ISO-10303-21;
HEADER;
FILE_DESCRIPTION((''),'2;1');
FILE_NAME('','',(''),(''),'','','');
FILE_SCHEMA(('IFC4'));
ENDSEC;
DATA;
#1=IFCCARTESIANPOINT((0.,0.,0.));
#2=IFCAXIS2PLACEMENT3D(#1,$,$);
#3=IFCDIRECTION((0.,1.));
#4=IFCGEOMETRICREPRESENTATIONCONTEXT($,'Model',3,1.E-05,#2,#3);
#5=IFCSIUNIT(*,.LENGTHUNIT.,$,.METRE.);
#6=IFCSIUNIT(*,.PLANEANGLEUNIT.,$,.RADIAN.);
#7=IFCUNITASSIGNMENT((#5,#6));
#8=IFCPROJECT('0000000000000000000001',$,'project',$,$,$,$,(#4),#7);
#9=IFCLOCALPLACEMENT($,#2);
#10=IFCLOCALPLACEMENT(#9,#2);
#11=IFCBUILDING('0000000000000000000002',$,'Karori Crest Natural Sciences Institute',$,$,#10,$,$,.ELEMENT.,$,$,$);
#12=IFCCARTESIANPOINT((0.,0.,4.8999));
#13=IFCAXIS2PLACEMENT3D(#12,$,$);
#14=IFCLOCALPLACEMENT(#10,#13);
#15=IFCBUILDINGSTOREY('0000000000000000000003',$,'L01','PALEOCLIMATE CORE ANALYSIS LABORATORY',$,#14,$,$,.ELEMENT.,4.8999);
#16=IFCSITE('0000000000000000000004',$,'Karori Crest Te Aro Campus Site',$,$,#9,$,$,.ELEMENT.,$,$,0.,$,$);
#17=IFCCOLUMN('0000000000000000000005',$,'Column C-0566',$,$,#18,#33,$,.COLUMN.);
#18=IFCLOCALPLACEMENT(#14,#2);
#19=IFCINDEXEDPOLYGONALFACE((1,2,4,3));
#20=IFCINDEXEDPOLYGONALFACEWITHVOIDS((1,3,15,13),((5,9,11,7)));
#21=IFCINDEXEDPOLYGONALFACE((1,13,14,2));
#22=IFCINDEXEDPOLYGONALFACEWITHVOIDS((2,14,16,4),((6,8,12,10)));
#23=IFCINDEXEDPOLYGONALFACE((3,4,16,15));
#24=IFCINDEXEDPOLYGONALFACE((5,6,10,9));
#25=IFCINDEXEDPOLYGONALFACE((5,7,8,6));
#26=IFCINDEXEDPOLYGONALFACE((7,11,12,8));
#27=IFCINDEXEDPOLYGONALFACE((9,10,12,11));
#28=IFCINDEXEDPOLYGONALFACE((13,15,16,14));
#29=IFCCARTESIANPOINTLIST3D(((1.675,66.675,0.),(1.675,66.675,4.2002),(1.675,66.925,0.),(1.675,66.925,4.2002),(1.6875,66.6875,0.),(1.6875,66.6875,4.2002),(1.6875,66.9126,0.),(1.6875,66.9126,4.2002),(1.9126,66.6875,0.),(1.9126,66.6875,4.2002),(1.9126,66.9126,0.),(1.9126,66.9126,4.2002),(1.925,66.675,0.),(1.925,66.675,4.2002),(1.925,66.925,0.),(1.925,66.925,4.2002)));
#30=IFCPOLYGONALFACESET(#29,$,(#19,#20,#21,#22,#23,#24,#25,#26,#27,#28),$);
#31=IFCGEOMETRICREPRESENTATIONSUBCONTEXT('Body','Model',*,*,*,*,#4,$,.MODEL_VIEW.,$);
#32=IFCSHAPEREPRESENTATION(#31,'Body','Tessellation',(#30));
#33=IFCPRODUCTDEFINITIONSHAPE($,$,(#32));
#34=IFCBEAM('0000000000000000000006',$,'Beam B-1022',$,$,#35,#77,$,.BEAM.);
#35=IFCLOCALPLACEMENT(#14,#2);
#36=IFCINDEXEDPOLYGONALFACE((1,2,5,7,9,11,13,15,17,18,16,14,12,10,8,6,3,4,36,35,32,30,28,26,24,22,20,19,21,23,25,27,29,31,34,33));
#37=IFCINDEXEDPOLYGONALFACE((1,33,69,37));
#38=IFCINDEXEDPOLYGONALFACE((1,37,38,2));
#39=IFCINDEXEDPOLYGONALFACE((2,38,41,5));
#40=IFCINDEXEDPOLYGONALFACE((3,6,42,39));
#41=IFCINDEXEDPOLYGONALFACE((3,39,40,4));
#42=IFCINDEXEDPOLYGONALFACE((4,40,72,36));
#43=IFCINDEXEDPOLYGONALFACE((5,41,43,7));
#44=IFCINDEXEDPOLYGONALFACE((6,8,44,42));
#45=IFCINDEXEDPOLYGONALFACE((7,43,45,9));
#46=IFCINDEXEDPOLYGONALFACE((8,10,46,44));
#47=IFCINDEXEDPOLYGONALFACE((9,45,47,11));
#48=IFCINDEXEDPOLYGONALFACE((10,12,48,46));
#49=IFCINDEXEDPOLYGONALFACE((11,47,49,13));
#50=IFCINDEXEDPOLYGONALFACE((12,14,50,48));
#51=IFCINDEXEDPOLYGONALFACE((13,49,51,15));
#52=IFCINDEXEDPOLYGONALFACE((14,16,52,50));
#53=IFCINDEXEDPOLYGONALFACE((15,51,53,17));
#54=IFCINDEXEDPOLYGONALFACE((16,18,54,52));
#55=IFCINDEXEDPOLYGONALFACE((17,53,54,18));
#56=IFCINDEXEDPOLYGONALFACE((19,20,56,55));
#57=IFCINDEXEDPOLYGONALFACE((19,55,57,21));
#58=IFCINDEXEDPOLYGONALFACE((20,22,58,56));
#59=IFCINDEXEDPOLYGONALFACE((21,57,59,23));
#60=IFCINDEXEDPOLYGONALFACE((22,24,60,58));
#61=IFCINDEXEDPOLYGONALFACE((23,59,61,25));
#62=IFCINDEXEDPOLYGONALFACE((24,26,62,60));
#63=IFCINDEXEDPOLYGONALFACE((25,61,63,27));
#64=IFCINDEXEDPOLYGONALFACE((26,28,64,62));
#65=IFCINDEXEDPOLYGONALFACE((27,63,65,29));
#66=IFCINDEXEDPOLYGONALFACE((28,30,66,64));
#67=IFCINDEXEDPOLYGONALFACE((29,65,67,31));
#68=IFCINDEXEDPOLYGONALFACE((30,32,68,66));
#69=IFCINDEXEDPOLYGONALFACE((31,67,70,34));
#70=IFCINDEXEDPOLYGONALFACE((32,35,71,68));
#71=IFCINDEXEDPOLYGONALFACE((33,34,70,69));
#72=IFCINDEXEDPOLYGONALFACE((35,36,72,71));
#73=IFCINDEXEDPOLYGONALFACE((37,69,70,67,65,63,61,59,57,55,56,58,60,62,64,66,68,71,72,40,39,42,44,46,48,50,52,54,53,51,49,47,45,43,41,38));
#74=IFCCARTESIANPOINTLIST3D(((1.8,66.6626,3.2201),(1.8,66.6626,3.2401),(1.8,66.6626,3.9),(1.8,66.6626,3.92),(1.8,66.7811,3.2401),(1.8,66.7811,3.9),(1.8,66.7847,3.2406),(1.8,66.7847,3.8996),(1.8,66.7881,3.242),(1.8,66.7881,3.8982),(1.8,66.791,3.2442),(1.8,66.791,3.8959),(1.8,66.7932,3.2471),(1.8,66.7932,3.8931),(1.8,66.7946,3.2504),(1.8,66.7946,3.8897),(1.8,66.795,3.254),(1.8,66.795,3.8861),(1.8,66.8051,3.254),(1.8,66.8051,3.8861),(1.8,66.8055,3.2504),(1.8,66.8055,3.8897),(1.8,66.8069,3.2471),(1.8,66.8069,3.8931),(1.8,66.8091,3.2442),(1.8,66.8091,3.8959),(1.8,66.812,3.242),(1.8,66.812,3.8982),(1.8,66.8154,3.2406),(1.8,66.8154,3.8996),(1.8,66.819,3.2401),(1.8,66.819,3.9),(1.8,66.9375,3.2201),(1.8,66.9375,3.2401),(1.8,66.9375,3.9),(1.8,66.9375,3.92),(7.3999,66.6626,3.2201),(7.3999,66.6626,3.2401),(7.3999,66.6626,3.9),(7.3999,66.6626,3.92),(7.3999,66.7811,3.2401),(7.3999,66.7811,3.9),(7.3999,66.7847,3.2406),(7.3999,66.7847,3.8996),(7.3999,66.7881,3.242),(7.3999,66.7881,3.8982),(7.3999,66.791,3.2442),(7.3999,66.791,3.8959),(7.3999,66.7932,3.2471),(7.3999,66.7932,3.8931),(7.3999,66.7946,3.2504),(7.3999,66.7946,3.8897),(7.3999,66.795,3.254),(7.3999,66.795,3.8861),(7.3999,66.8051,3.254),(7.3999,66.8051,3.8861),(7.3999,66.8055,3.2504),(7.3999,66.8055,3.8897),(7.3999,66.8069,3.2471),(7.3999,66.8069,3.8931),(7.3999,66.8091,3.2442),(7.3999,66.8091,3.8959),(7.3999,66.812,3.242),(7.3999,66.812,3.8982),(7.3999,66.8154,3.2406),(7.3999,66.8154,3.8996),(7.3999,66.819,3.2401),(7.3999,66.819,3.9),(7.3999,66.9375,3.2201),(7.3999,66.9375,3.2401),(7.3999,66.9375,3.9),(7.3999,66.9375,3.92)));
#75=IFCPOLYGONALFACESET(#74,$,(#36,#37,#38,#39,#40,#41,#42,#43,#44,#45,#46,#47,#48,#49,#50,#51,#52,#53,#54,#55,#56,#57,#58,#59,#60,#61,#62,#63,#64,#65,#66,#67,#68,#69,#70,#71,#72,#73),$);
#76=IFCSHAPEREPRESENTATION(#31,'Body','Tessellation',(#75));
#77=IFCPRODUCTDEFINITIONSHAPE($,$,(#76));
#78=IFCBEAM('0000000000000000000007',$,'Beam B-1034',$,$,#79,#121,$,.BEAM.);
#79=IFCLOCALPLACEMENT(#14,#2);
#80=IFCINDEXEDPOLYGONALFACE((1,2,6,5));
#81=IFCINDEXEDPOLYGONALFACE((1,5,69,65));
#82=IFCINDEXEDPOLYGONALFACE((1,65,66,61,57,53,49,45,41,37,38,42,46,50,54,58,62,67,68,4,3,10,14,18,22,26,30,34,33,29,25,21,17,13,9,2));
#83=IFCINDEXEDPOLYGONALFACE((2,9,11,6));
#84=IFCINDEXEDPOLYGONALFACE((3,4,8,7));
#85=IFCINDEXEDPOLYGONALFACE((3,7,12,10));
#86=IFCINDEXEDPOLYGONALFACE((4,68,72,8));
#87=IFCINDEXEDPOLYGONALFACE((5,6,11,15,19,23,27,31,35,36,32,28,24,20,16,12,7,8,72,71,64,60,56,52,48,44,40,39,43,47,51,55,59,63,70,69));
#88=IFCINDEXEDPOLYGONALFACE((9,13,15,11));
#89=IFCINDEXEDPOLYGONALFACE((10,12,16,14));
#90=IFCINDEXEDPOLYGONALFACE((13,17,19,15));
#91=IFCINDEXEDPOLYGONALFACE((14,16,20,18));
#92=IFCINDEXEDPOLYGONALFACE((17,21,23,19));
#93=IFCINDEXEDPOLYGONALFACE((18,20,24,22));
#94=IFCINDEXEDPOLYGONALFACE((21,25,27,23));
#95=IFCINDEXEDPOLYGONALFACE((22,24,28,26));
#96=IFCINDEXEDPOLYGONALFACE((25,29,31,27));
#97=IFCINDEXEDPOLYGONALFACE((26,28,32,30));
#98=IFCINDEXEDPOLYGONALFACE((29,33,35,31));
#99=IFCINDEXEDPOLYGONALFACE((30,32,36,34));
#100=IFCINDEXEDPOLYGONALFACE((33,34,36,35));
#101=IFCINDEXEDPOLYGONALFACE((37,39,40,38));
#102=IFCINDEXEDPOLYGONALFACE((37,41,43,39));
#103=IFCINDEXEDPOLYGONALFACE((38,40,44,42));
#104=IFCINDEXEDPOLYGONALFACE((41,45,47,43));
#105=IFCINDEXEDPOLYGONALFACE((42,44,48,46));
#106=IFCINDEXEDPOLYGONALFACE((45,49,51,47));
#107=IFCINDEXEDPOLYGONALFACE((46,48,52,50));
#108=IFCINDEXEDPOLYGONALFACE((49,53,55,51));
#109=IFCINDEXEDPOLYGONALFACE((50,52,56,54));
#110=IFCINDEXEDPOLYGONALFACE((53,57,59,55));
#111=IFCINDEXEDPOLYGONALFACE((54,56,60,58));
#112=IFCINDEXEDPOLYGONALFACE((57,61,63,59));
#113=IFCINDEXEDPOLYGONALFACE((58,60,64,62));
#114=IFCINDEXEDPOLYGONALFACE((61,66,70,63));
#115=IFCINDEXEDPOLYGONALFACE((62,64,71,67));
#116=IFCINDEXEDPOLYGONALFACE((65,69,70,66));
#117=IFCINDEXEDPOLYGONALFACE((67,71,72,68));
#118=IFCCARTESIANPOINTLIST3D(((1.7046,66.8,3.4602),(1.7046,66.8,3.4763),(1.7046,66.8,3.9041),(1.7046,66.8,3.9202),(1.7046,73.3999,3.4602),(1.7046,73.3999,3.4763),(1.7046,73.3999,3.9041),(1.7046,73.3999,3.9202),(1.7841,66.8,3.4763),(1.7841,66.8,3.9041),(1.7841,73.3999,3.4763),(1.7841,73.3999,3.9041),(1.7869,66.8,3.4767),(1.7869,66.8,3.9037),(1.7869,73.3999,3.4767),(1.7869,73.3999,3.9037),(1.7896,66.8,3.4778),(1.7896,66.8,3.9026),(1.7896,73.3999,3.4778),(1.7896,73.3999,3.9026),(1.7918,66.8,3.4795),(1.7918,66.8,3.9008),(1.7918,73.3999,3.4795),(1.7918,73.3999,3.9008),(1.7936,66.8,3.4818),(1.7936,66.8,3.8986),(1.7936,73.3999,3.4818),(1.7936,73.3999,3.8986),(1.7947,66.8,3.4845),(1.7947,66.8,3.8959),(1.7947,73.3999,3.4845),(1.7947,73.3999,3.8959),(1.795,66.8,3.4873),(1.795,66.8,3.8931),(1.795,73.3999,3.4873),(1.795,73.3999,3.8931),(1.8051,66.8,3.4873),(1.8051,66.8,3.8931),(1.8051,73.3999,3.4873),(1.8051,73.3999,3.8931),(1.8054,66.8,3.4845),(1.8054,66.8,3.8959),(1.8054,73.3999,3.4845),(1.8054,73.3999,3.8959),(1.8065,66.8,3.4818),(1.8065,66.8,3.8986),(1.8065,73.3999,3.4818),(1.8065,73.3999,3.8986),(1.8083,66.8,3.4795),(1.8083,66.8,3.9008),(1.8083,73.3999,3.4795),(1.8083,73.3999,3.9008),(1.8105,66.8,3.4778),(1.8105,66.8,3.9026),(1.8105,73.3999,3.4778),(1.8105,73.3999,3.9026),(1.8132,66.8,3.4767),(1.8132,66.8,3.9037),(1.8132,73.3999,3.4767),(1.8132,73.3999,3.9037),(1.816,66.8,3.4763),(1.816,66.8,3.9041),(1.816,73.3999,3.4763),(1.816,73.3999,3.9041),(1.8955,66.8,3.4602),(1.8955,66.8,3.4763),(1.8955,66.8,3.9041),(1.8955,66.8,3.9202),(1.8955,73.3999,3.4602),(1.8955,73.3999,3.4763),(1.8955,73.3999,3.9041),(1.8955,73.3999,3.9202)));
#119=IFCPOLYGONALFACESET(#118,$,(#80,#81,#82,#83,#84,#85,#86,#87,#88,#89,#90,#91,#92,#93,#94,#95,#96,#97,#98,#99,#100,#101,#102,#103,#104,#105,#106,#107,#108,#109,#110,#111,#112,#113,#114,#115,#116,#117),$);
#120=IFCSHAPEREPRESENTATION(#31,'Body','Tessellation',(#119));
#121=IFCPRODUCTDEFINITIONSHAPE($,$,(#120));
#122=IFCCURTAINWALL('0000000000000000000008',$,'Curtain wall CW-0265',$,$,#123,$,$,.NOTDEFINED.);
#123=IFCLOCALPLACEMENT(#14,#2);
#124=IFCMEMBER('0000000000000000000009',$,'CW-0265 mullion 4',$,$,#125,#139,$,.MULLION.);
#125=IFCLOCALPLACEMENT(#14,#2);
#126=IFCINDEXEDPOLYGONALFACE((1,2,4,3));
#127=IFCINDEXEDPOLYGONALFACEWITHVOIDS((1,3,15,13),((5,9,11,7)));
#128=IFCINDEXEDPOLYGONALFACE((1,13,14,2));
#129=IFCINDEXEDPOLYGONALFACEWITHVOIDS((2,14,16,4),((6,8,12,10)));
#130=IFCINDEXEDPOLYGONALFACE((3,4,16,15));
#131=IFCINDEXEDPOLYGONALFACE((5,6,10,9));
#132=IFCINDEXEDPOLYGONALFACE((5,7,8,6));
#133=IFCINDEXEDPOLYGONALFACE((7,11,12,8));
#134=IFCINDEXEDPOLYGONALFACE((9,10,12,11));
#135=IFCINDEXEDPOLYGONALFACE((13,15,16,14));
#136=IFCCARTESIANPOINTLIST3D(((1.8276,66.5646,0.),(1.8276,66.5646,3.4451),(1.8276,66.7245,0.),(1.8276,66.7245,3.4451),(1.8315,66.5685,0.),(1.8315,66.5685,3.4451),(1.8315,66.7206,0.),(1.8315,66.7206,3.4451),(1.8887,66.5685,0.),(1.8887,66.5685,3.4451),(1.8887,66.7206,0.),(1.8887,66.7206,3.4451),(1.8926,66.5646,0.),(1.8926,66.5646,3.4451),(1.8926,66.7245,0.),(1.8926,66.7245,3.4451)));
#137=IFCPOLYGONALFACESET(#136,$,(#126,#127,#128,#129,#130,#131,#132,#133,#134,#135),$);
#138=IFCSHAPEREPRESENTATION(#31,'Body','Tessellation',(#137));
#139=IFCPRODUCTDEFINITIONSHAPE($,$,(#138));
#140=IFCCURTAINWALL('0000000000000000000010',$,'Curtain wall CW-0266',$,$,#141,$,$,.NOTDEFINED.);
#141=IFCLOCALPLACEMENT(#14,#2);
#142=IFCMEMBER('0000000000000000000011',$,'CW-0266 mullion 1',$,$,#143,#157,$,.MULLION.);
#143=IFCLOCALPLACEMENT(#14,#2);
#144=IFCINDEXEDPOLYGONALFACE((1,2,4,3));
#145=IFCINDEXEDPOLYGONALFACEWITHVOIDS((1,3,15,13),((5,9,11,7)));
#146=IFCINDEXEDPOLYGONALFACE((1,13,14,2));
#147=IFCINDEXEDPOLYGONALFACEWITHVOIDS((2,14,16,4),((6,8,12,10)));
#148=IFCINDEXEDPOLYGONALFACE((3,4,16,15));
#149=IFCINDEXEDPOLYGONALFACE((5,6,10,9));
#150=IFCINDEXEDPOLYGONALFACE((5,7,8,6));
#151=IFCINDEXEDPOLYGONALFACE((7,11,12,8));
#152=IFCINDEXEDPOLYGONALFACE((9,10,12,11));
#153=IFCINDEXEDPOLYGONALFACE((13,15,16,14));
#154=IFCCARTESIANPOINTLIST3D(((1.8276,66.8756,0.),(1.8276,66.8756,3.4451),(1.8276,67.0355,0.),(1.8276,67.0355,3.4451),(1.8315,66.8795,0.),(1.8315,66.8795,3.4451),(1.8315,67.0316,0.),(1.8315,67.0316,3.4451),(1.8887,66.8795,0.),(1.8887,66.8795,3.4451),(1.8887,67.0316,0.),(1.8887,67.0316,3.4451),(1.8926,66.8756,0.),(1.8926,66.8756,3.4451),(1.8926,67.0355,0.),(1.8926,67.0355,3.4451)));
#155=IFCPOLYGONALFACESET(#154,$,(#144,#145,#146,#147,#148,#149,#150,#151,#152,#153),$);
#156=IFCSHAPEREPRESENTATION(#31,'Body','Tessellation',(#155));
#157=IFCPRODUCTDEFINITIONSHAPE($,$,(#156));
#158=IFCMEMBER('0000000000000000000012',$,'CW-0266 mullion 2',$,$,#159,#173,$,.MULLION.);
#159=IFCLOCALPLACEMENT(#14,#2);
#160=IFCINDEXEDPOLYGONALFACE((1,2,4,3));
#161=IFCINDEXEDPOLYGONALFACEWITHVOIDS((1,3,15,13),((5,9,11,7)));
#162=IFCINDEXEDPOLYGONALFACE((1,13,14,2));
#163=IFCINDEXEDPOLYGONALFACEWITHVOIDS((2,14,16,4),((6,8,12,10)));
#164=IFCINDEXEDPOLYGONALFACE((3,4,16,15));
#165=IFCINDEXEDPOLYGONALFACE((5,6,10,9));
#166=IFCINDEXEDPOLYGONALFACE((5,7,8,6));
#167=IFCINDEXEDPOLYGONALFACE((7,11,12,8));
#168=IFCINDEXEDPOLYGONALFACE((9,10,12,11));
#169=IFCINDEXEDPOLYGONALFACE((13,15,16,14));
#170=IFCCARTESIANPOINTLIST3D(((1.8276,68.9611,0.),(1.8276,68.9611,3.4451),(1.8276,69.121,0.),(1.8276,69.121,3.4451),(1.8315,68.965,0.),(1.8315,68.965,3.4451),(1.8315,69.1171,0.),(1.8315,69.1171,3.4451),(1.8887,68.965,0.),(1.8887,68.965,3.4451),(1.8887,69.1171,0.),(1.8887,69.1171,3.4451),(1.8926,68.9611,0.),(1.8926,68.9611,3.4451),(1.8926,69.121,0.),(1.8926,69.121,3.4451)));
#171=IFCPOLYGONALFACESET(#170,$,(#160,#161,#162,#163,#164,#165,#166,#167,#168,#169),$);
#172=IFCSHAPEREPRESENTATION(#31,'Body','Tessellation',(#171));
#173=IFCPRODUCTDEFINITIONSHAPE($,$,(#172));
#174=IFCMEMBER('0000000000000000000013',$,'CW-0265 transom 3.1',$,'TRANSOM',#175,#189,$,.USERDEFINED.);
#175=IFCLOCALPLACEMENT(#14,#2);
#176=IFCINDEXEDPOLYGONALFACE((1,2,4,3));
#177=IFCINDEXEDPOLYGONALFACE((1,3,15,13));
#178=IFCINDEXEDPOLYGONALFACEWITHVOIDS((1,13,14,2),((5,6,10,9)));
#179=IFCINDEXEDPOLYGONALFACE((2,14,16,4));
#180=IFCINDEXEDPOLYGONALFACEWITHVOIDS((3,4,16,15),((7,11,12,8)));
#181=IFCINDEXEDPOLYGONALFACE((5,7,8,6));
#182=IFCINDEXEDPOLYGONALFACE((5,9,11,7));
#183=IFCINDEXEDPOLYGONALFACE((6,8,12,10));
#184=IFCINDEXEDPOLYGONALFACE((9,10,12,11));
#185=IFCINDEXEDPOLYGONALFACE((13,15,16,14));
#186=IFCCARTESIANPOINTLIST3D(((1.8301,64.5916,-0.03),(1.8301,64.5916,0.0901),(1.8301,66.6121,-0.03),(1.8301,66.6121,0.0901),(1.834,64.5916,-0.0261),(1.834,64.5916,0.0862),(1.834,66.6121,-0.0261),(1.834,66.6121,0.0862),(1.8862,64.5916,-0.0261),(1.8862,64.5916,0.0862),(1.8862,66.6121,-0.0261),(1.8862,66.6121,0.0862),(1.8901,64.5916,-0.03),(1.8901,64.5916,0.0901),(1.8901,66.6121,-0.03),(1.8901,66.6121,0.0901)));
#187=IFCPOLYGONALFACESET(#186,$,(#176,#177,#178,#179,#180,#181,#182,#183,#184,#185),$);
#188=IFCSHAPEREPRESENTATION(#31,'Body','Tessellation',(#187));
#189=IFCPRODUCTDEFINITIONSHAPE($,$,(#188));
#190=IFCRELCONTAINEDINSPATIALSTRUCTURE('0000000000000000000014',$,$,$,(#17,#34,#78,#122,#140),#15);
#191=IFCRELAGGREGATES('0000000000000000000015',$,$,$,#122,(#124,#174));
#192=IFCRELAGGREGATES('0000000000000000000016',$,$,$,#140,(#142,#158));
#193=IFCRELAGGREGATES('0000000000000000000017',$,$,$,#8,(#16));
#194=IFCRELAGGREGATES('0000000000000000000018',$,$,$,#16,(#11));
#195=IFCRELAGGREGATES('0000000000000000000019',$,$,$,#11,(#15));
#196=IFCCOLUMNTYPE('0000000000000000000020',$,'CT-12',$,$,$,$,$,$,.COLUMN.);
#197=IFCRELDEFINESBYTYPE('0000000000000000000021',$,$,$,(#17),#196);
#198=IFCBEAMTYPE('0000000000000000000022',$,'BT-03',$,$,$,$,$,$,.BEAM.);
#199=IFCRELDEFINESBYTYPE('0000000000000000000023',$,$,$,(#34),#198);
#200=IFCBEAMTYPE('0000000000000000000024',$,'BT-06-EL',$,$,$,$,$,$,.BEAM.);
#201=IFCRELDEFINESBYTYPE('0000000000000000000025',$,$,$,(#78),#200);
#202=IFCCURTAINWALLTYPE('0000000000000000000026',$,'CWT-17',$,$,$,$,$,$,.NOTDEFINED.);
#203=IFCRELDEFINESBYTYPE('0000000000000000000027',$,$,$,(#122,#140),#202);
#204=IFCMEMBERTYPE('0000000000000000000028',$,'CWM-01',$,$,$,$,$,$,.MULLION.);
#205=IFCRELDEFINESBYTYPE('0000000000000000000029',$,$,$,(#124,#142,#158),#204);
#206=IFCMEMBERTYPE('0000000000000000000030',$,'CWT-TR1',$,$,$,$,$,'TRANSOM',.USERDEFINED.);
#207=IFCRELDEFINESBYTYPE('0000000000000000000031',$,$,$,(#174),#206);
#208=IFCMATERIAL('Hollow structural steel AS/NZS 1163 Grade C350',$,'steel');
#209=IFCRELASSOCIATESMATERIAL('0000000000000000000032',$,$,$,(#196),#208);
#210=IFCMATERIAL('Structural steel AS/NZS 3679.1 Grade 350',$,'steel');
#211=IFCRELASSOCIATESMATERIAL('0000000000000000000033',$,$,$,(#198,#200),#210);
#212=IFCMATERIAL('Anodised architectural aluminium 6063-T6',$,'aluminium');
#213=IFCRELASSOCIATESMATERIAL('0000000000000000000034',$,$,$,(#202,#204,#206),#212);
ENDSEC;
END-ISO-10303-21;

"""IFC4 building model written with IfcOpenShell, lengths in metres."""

from ifc_helpers import new_model, si_unit, direction, frame, origin, origin_2d, place, context, subcontext, project, spatial, hollow_rectangle, i_section, extrude, material, material_profile, profile_set, type_object, element, aggregate, save


model = new_model("IFC4")

# Units and contexts
model_context = context("Model", 3, precision=1e-05, world=origin(), true_north=direction((0.0, 1.0)))
body_context = subcontext(model_context, "Body", "Model", "MODEL_VIEW")
ifc_project = project(units=[si_unit("LENGTHUNIT", "METRE"), si_unit("PLANEANGLEUNIT", "RADIAN")], contexts=[model_context])

# Site, building, storey
site_placement = place(None, origin())
site = spatial("IfcSite", under=ifc_project, at=site_placement, Name="Karori Crest Te Aro Campus Site", CompositionType="ELEMENT", RefElevation=0.0)
building_placement = place(site_placement, origin())
building = spatial("IfcBuilding", under=site, at=building_placement, Name="Karori Crest Natural Sciences Institute", CompositionType="ELEMENT")
storey_placement = place(building_placement, frame((0.0, 0.0, 4.8999)))
storey = spatial("IfcBuildingStorey", under=building, at=storey_placement, Name="L01", Description="PALEOCLIMATE CORE ANALYSIS LABORATORY", CompositionType="ELEMENT", Elevation=4.8999)

# Column
ifc_material_1 = material(Name="Hollow structural steel AS/NZS 1163 Grade C350", Category="steel")
ifc_material_profile_1 = material_profile(ifc_material_1, hollow_rectangle(XDim=0.25, YDim=0.25, WallThickness=0.0125, at=origin_2d()), Name="SHS250x250x12.5")
ifc_profile_set_1 = profile_set([ifc_material_profile_1], Name="Hollow structural steel AS/NZS 1163 Grade C350")
column_type = type_object("IfcColumnType", Name="CT-12", PredefinedType="COLUMN", material=ifc_profile_set_1)
column_placement = place(storey_placement, frame((1.8, 66.8, 0.0), z_axis=(0.0, 0.0, 1.0), x_axis=(1.0, 0.0, 0.0)))
element("IfcColumn", 1, at=column_placement, inside=storey, type_object=column_type, Name="Column C-0566", PredefinedType="COLUMN", context=body_context, shape_type="SweptSolid", body=[
    extrude(hollow_rectangle(XDim=0.25, YDim=0.25, WallThickness=0.0125, at=origin_2d()), origin(), (0.0, 0.0, 1.0), 4.2002),
])

# Beams
ifc_material_2 = material(Name="Structural steel AS/NZS 3679.1 Grade 350", Category="steel")
ifc_material_profile_2 = material_profile(ifc_material_2, i_section(OverallWidth=0.2749, OverallDepth=0.7, WebThickness=0.01, FlangeThickness=0.02, FilletRadius=0.0139, at=origin_2d()), Name="700WB150")
ifc_profile_set_2 = profile_set([ifc_material_profile_2], Name="Structural steel AS/NZS 3679.1 Grade 350")
beam_type_1 = type_object("IfcBeamType", Name="BT-03", PredefinedType="BEAM", material=ifc_profile_set_2)
beam_1_placement = place(storey_placement, frame((1.8, 66.8, 3.5701), z_axis=(1.0, 0.0, 0.0), x_axis=(0.0, 1.0, 0.0)))
element("IfcBeam", 2, at=beam_1_placement, inside=storey, type_object=beam_type_1, Name="Beam B-1022", PredefinedType="BEAM", context=body_context, shape_type="SweptSolid", body=[
    extrude(i_section(OverallWidth=0.2749, OverallDepth=0.7, WebThickness=0.01, FlangeThickness=0.02, FilletRadius=0.0139, at=origin_2d()), origin(), (0.0, 0.0, 1.0), 5.5999),
])
ifc_material_profile_3 = material_profile(ifc_material_2, i_section(OverallWidth=0.1909, OverallDepth=0.46, WebThickness=0.01, FlangeThickness=0.0161, FilletRadius=0.011, at=origin_2d()), Name="460UB82.1")
ifc_profile_set_3 = profile_set([ifc_material_profile_3], Name="Structural steel AS/NZS 3679.1 Grade 350")
beam_type_2 = type_object("IfcBeamType", Name="BT-06-EL", PredefinedType="BEAM", material=ifc_profile_set_3)
beam_2_placement = place(storey_placement, frame((1.8, 66.8, 3.6902), z_axis=(0.0, 1.0, 0.0), x_axis=(-1.0, 0.0, 0.0)))
element("IfcBeam", 3, at=beam_2_placement, inside=storey, type_object=beam_type_2, Name="Beam B-1034", PredefinedType="BEAM", context=body_context, shape_type="SweptSolid", body=[
    extrude(i_section(OverallWidth=0.1909, OverallDepth=0.46, WebThickness=0.01, FlangeThickness=0.0161, FilletRadius=0.011, at=origin_2d()), origin(), (0.0, 0.0, 1.0), 6.5999),
])

# Curtain wall, member
ifc_material_3 = material(Name="Anodised architectural aluminium 6063-T6", Category="aluminium")
curtain_wall_type = type_object("IfcCurtainWallType", Name="CWT-17", PredefinedType="NOTDEFINED", material=ifc_material_3)
curtain_wall_1_placement = place(storey_placement, origin())
curtain_wall_1 = element("IfcCurtainWall", 4, at=curtain_wall_1_placement, inside=storey, type_object=curtain_wall_type, Name="Curtain wall CW-0265", PredefinedType="NOTDEFINED")
ifc_material_profile_4 = material_profile(ifc_material_3, hollow_rectangle(XDim=0.0649, YDim=0.1599, WallThickness=0.0039, at=origin_2d()), Name="CWM160x65x4")
ifc_profile_set_4 = profile_set([ifc_material_profile_4], Name="Anodised architectural aluminium 6063-T6")
member_type_1 = type_object("IfcMemberType", Name="CWM-01", PredefinedType="MULLION", material=ifc_profile_set_4)
member_1_placement = place(storey_placement, frame((1.8601, 66.6445, 0.0), z_axis=(0.0, 0.0, 1.0), x_axis=(-1.0, 0.0, 0.0)))
member_1 = element("IfcMember", 5, at=member_1_placement, type_object=member_type_1, Name="CW-0265 mullion 4", PredefinedType="MULLION", context=body_context, shape_type="SweptSolid", body=[
    extrude(hollow_rectangle(XDim=0.0649, YDim=0.1599, WallThickness=0.0039, at=origin_2d()), origin(), (0.0, 0.0, 1.0), 3.4451),
])

# Curtain wall, members
curtain_wall_2_placement = place(storey_placement, origin())
curtain_wall_2 = element("IfcCurtainWall", 6, at=curtain_wall_2_placement, inside=storey, type_object=curtain_wall_type, Name="Curtain wall CW-0266", PredefinedType="NOTDEFINED")
member_2_placement = place(storey_placement, frame((1.8601, 66.9556, 0.0), z_axis=(0.0, 0.0, 1.0), x_axis=(-1.0, 0.0, 0.0)))
member_2 = element("IfcMember", 7, at=member_2_placement, type_object=member_type_1, Name="CW-0266 mullion 1", PredefinedType="MULLION", context=body_context, shape_type="SweptSolid", body=[
    extrude(hollow_rectangle(XDim=0.0649, YDim=0.1599, WallThickness=0.0039, at=origin_2d()), origin(), (0.0, 0.0, 1.0), 3.4451),
])
member_3_placement = place(storey_placement, frame((1.8601, 69.041, 0.0), z_axis=(0.0, 0.0, 1.0), x_axis=(-1.0, 0.0, 0.0)))
member_3 = element("IfcMember", 8, at=member_3_placement, type_object=member_type_1, Name="CW-0266 mullion 2", PredefinedType="MULLION", context=body_context, shape_type="SweptSolid", body=[
    extrude(hollow_rectangle(XDim=0.0649, YDim=0.1599, WallThickness=0.0039, at=origin_2d()), origin(), (0.0, 0.0, 1.0), 3.4451),
])

# Member
ifc_material_profile_5 = material_profile(ifc_material_3, hollow_rectangle(XDim=0.0601, YDim=0.1201, WallThickness=0.0039, at=origin_2d()), Name="CWT120x60x4")
ifc_profile_set_5 = profile_set([ifc_material_profile_5], Name="Anodised architectural aluminium 6063-T6")
member_type_2 = type_object("IfcMemberType", Name="CWT-TR1", ElementType="TRANSOM", PredefinedType="USERDEFINED", material=ifc_profile_set_5)
member_4_placement = place(storey_placement, frame((1.8601, 64.5916, 0.03), z_axis=(0.0, 1.0, 0.0), x_axis=(-1.0, 0.0, 0.0)))
member_4 = element("IfcMember", 9, at=member_4_placement, type_object=member_type_2, Name="CW-0265 transom 3.1", ObjectType="TRANSOM", PredefinedType="USERDEFINED", context=body_context, shape_type="SweptSolid", body=[
    extrude(hollow_rectangle(XDim=0.0601, YDim=0.1201, WallThickness=0.0039, at=origin_2d()), origin(), (0.0, 0.0, 1.0), 2.0205),
])

aggregate(curtain_wall_1, [member_1, member_4])
aggregate(curtain_wall_2, [member_2, member_3])

save(model, "model.ifc")
